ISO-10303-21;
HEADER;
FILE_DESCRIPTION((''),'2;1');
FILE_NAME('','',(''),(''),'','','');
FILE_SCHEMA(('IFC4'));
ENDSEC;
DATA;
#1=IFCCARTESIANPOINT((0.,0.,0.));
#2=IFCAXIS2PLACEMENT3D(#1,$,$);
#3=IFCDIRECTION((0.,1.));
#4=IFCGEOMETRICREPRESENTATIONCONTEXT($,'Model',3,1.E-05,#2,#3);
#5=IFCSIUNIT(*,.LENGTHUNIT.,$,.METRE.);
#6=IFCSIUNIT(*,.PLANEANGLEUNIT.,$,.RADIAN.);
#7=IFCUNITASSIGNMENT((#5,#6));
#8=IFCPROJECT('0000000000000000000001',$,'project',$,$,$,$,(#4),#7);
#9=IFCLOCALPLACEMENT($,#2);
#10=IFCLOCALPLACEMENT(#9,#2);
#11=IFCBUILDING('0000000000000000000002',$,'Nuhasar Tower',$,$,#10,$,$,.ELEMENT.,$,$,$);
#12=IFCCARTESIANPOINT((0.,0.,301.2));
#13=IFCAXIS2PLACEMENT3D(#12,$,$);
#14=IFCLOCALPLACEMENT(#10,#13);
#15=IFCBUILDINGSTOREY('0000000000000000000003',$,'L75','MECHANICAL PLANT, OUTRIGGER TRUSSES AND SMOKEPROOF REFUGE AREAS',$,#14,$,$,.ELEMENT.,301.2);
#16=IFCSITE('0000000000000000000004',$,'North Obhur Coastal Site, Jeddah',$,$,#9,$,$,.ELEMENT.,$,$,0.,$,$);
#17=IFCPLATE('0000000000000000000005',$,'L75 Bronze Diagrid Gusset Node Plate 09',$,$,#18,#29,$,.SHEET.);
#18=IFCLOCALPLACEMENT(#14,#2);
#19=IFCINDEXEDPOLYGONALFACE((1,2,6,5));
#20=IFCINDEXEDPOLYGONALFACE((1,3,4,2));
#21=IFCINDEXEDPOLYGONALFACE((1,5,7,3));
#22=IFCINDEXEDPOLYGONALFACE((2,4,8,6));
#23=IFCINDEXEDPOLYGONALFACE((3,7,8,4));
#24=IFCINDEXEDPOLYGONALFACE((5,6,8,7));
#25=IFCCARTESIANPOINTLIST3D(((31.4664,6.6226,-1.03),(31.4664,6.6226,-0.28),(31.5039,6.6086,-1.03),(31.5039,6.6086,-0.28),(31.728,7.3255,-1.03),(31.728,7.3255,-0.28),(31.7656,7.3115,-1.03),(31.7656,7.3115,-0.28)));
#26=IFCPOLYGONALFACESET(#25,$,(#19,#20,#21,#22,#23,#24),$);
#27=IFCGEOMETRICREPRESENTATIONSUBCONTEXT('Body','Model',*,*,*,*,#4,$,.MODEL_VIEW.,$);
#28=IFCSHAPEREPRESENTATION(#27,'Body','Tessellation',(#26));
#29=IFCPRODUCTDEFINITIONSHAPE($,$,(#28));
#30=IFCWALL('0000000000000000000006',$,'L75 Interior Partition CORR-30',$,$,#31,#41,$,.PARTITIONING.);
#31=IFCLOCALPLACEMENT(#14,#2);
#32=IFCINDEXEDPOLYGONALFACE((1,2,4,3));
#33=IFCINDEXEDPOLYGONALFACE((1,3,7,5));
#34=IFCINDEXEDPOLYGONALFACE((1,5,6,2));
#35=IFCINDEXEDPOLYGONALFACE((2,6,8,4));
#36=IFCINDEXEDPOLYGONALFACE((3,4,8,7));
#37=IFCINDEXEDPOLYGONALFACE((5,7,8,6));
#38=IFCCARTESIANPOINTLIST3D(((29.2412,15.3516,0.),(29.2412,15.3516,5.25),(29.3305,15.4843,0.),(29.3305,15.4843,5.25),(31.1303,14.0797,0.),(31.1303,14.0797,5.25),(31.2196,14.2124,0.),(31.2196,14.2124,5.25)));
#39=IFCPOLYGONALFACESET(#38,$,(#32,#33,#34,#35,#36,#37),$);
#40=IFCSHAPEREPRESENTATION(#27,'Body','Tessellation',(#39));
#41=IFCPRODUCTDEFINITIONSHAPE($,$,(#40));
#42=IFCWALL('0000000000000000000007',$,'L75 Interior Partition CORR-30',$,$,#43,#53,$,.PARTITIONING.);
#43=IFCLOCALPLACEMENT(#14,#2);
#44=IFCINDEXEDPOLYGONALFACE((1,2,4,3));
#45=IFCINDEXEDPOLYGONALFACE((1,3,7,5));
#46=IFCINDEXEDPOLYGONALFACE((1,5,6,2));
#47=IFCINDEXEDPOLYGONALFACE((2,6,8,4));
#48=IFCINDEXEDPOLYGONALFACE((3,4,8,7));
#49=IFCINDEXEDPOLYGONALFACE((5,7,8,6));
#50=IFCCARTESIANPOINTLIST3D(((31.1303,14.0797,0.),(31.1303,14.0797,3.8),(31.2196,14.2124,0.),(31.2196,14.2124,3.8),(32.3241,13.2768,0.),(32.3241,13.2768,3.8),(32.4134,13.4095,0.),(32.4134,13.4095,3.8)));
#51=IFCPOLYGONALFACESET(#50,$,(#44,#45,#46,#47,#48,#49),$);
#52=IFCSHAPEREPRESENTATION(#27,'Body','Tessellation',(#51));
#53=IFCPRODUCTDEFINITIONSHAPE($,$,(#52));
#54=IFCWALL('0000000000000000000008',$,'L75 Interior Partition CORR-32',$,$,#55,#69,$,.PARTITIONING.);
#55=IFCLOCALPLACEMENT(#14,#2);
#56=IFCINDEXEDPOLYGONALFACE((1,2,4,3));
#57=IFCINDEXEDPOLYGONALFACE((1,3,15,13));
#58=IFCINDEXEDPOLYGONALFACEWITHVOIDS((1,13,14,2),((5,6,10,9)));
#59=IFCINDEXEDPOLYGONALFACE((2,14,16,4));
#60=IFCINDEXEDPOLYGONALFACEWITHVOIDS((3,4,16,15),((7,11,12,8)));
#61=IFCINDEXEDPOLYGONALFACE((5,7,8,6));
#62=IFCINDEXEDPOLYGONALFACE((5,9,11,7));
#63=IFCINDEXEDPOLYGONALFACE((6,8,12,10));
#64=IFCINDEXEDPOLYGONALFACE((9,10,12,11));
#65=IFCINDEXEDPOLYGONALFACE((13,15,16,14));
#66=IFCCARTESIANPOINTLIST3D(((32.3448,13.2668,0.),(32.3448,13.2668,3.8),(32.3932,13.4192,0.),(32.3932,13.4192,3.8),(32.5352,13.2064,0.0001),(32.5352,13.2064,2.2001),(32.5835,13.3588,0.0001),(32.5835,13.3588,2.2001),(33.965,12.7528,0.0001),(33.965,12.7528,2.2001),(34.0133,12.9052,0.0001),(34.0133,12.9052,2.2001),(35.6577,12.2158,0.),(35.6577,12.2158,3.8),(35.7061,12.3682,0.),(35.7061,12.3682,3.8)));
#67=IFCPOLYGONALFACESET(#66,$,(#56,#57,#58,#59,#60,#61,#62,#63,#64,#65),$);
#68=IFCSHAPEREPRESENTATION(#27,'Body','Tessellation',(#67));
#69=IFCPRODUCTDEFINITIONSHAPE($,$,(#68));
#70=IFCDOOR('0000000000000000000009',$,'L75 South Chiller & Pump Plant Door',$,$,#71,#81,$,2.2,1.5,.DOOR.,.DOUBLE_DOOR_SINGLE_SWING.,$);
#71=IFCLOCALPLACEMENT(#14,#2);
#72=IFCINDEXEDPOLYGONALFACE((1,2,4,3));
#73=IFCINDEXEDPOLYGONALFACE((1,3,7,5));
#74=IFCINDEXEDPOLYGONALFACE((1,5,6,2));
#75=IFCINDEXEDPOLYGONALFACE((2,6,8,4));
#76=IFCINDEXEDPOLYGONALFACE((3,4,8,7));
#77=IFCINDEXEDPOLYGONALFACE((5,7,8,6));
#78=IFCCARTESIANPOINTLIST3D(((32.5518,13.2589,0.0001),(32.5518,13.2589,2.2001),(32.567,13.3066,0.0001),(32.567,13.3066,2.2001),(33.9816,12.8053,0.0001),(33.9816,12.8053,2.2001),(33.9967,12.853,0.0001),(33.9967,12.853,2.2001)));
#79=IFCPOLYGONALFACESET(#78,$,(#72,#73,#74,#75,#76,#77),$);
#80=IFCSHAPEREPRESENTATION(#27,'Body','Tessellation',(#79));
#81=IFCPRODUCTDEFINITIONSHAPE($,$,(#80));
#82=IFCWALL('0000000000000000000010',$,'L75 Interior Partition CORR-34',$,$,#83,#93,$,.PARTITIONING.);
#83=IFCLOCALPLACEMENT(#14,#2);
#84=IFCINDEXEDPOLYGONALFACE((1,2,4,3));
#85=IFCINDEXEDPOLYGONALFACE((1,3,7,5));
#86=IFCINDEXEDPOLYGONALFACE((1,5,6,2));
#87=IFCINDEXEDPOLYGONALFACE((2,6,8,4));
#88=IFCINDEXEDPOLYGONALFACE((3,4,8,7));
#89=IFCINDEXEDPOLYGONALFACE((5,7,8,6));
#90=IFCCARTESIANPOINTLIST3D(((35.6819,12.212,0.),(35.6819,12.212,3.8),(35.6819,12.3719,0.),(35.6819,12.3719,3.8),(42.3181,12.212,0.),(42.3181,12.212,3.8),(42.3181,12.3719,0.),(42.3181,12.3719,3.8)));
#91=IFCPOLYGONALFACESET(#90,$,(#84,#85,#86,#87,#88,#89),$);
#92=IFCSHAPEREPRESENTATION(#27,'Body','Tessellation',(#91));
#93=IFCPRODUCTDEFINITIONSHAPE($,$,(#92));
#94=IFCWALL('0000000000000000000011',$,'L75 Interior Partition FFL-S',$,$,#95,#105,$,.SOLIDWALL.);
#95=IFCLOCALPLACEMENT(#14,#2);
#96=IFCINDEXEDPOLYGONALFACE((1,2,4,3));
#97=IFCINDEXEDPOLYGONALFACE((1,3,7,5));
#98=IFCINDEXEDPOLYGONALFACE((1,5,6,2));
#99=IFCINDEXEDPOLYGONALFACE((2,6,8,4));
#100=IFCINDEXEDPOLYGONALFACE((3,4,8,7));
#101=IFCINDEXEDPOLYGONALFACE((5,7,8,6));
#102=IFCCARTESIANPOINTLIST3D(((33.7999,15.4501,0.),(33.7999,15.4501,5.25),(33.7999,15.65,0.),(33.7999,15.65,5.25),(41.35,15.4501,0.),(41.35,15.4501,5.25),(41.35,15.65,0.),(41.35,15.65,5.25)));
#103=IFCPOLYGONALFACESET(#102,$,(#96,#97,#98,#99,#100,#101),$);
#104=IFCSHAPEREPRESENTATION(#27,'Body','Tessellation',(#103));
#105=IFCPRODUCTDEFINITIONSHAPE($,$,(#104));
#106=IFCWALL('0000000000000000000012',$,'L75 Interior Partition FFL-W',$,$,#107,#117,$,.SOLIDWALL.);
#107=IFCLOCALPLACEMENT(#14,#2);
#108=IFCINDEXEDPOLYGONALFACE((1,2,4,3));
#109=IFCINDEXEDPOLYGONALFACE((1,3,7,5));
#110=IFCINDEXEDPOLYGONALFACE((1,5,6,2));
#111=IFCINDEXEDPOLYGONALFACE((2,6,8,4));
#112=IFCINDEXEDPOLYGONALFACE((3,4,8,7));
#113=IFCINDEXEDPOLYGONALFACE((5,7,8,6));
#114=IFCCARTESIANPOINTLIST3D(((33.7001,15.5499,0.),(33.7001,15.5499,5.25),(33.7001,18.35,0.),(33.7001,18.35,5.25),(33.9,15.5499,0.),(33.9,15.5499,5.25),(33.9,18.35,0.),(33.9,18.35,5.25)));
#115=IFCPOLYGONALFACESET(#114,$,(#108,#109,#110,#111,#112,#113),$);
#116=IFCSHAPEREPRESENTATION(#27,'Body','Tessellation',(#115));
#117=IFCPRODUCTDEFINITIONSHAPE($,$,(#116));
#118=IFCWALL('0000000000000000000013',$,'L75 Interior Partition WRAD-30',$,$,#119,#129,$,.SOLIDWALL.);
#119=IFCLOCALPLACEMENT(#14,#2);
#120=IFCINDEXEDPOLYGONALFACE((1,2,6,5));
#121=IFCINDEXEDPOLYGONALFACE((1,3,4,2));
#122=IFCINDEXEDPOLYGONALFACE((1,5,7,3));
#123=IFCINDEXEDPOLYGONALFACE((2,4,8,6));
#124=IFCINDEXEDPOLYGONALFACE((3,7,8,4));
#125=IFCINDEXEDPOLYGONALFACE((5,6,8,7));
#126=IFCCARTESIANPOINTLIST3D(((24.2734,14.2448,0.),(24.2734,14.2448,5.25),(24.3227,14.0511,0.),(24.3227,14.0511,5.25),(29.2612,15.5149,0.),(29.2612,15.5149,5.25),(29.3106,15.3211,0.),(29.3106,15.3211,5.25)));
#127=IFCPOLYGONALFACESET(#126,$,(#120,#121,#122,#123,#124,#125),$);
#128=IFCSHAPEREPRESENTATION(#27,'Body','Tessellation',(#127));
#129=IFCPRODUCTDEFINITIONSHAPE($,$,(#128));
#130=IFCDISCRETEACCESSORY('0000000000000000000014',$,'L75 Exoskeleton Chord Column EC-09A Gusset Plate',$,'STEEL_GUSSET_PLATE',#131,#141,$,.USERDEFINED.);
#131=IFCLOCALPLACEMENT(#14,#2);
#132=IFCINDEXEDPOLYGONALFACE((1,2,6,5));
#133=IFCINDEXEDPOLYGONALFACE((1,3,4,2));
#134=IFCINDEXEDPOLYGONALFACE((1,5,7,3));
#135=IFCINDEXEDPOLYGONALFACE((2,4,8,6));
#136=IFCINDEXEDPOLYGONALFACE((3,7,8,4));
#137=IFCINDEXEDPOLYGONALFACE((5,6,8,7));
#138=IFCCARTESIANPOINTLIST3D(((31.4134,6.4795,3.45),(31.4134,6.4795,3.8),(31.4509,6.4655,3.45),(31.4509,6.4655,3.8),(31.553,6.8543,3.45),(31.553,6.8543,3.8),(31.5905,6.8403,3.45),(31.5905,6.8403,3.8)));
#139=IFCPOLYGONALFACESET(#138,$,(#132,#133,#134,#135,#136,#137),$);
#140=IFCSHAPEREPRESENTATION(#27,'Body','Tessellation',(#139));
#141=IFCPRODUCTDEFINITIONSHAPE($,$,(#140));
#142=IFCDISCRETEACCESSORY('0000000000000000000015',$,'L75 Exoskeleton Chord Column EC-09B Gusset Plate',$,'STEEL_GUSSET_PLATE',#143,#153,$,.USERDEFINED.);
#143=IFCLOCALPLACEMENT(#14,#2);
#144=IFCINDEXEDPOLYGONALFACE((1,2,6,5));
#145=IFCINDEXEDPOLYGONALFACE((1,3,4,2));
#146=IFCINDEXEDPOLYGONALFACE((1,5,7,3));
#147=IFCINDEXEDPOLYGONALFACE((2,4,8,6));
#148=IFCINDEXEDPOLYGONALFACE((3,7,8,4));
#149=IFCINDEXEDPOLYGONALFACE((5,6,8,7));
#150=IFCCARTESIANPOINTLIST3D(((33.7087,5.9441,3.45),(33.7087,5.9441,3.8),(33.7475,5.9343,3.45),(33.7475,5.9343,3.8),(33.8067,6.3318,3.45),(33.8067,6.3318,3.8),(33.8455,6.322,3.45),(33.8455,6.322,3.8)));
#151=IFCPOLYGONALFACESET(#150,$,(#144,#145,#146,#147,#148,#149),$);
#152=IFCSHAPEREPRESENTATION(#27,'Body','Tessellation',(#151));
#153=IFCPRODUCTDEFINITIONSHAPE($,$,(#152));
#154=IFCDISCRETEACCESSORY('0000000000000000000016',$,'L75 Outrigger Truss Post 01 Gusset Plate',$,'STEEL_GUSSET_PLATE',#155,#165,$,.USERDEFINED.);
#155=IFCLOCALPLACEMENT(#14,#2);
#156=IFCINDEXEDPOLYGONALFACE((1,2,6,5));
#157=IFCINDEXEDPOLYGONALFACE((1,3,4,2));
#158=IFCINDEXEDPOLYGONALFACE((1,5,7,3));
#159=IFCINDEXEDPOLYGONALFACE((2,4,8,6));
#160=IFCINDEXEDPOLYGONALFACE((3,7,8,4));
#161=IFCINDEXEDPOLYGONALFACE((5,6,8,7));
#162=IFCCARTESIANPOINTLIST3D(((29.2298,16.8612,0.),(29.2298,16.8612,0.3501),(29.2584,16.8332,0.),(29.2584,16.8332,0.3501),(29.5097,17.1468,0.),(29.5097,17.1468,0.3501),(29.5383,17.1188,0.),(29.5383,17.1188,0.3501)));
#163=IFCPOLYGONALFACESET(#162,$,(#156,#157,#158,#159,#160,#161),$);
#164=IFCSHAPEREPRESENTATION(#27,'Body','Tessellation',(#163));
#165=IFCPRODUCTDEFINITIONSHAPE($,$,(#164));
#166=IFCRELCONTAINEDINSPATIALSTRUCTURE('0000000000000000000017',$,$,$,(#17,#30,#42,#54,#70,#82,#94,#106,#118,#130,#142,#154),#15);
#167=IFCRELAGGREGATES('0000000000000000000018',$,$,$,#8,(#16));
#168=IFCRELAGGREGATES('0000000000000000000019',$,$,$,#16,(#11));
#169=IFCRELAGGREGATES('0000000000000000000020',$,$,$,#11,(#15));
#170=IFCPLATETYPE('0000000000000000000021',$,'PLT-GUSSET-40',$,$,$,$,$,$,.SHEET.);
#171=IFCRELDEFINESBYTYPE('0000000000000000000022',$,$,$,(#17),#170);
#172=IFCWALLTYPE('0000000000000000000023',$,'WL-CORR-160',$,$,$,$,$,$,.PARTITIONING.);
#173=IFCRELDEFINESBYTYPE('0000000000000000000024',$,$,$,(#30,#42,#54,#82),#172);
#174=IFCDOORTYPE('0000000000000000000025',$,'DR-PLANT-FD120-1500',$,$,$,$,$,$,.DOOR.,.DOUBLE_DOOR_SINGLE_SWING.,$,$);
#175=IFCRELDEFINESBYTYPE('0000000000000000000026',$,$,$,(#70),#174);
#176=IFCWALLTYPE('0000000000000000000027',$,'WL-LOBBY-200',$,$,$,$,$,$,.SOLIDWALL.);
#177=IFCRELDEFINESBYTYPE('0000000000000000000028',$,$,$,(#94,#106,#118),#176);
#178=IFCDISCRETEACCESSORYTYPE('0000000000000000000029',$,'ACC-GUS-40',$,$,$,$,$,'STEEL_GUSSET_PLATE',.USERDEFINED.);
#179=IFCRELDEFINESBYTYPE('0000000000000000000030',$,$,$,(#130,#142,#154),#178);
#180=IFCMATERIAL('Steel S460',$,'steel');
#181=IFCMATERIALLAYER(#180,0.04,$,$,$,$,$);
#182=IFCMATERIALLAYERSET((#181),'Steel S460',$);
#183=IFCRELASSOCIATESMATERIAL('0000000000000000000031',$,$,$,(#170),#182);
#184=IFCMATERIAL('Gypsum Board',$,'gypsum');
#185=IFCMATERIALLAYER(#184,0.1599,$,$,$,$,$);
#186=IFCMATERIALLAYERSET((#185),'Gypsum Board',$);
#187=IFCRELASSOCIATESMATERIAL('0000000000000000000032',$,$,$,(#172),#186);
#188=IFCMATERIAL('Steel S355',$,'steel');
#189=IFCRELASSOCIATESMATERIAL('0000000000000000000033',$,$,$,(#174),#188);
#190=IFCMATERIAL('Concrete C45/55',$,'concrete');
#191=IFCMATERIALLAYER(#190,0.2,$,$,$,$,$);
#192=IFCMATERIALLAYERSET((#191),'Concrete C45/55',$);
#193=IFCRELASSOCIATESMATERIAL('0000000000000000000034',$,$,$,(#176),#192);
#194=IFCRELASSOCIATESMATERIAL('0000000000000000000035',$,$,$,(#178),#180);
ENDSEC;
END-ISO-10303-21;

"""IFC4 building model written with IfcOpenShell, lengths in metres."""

from ifc_helpers import new_model, si_unit, direction, frame, frame_2d, origin, origin_2d, place, context, subcontext, project, spatial, rectangle, extrude, material, layer, layer_set, type_object, element, fill, save


model = new_model("IFC4")

# Units and contexts
model_context = context("Model", 3, precision=1e-05, world=origin(), true_north=direction((0.0, 1.0)))
body_context = subcontext(model_context, "Body", "Model", "MODEL_VIEW")
ifc_project = project(units=[si_unit("LENGTHUNIT", "METRE"), si_unit("PLANEANGLEUNIT", "RADIAN")], contexts=[model_context])

# Site, building, storey
site_placement = place(None, origin())
site = spatial("IfcSite", under=ifc_project, at=site_placement, Name="North Obhur Coastal Site, Jeddah", CompositionType="ELEMENT", RefElevation=0.0)
building_placement = place(site_placement, origin())
building = spatial("IfcBuilding", under=site, at=building_placement, Name="Nuhasar Tower", CompositionType="ELEMENT")
storey_placement = place(building_placement, frame((0.0, 0.0, 301.2)))
storey = spatial("IfcBuildingStorey", under=building, at=storey_placement, Name="L75", Description="MECHANICAL PLANT, OUTRIGGER TRUSSES AND SMOKEPROOF REFUGE AREAS", CompositionType="ELEMENT", Elevation=301.2)

# Shared definitions
ifc_material_1 = material(Name="Steel S460", Category="steel")

# Shared definitions
ifc_material_2 = material(Name="Steel S355", Category="steel")

# Plate
ifc_layer_1 = layer(ifc_material_1, 0.04)
ifc_layer_set_1 = layer_set([ifc_layer_1], Name="Steel S460")
plate_type_1 = type_object("IfcPlateType", Name="PLT-GUSSET-40", PredefinedType="SHEET", material=ifc_layer_set_1)
plate_1_placement = place(storey_placement, frame((31.616, 6.967, -1.03), z_axis=(0.0, 0.0, 1.0), x_axis=(-0.348916, -0.937154, 0.0)))
element("IfcPlate", 1, at=plate_1_placement, inside=storey, type_object=plate_type_1, Name="L75 Bronze Diagrid Gusset Node Plate 09", PredefinedType="SHEET", context=body_context, shape_type="SweptSolid", body=[
    extrude(rectangle(XDim=0.75, YDim=0.04, at=origin_2d()), origin(), (0.0, 0.0, 1.0), 0.75),
])

# Walls
ifc_material_3 = material(Name="Gypsum Board", Category="gypsum")
ifc_layer_2 = layer(ifc_material_3, 0.1599)
ifc_layer_set_2 = layer_set([ifc_layer_2], Name="Gypsum Board")
wall_type_1 = type_object("IfcWallType", Name="WL-CORR-160", PredefinedType="PARTITIONING", material=ifc_layer_set_2)
wall_1_placement = place(storey_placement, frame((29.2859, 15.418, 0.0), z_axis=(0.0, 0.0, 1.0), x_axis=(0.829502, -0.558504, 0.0)))
element("IfcWall", 2, at=wall_1_placement, inside=storey, type_object=wall_type_1, Name="L75 Interior Partition CORR-30", PredefinedType="PARTITIONING", context=body_context, shape_type="SweptSolid", body=[
    extrude(rectangle(XDim=2.2773, YDim=0.1599, at=frame_2d((1.1387, 0.0))), origin(), (0.0, 0.0, 1.0), 5.25),
])
wall_2_placement = place(storey_placement, frame((31.175, 14.146, 0.0), z_axis=(0.0, 0.0, 1.0), x_axis=(0.829772, -0.558102, 0.0)))
element("IfcWall", 3, at=wall_2_placement, inside=storey, type_object=wall_type_1, Name="L75 Interior Partition CORR-30", PredefinedType="PARTITIONING", context=body_context, shape_type="SweptSolid", body=[
    extrude(rectangle(XDim=1.4387, YDim=0.1599, at=frame_2d((0.7192, 0.0))), origin(), (0.0, 0.0, 1.0), 3.8),
])

# Wall, opening, door
wall_3_placement = place(storey_placement, frame((35.6819, 12.292, 0.0), z_axis=(0.0, 0.0, 1.0), x_axis=(-0.953184, 0.302392, 0.0)))
wall_3 = element("IfcWall", 4, at=wall_3_placement, inside=storey, type_object=wall_type_1, Name="L75 Interior Partition CORR-32", PredefinedType="PARTITIONING", context=body_context, shape_type="SweptSolid", body=[
    extrude(rectangle(XDim=3.4756, YDim=0.1599, at=frame_2d((1.7378, 0.0))), origin(), (0.0, 0.0, 1.0), 3.8),
])
opening_placement = place(wall_3_placement, frame((1.7759, 0.0, 0.0)))
opening = element("IfcOpeningElement", 5, at=opening_placement, cuts=wall_3, PredefinedType="OPENING", context=body_context, shape_type="SweptSolid", body=[
    extrude(rectangle(XDim=1.5, YDim=2.2, at=frame_2d((0.75, 1.1001))), frame((0.0, 0.0898, 0.0), z_axis=(0.0, -1.0, 0.0), x_axis=(1.0, 0.0, 0.0)), (0.0, 0.0, 1.0), 0.1799),
])
door_type = type_object("IfcDoorType", Name="DR-PLANT-FD120-1500", OperationType="DOUBLE_DOOR_SINGLE_SWING", PredefinedType="DOOR", material=ifc_material_2)
door_placement = place(opening_placement, origin())
door = element("IfcDoor", 6, at=door_placement, inside=storey, type_object=door_type, Name="L75 South Chiller & Pump Plant Door", OperationType="DOUBLE_DOOR_SINGLE_SWING", OverallHeight=2.2, OverallWidth=1.5, PredefinedType="DOOR", context=body_context, shape_type="SweptSolid", body=[
    extrude(rectangle(XDim=1.5, YDim=2.2, at=frame_2d((0.75, 1.1001))), frame((0.0, 0.0249, 0.0), z_axis=(0.0, -1.0, 0.0), x_axis=(1.0, 0.0, 0.0)), (0.0, 0.0, 1.0), 0.05),
])
fill(opening, door)

# Walls
wall_4_placement = place(storey_placement, frame((35.6819, 12.292, 0.0), z_axis=(0.0, 0.0, 1.0), x_axis=(1.0, 0.0, 0.0)))
element("IfcWall", 7, at=wall_4_placement, inside=storey, type_object=wall_type_1, Name="L75 Interior Partition CORR-34", PredefinedType="PARTITIONING", context=body_context, shape_type="SweptSolid", body=[
    extrude(rectangle(XDim=6.6362, YDim=0.1599, at=frame_2d((3.3181, 0.0))), origin(), (0.0, 0.0, 1.0), 3.8),
])
ifc_material_4 = material(Name="Concrete C45/55", Category="concrete")
ifc_layer_3 = layer(ifc_material_4, 0.2)
ifc_layer_set_3 = layer_set([ifc_layer_3], Name="Concrete C45/55")
wall_type_2 = type_object("IfcWallType", Name="WL-LOBBY-200", PredefinedType="SOLIDWALL", material=ifc_layer_set_3)
wall_5_placement = place(storey_placement, frame((33.8, 15.55, 0.0), z_axis=(0.0, 0.0, 1.0), x_axis=(1.0, 0.0, 0.0)))
element("IfcWall", 8, at=wall_5_placement, inside=storey, type_object=wall_type_2, Name="L75 Interior Partition FFL-S", PredefinedType="SOLIDWALL", context=body_context, shape_type="SweptSolid", body=[
    extrude(rectangle(XDim=7.55, YDim=0.2, at=frame_2d((3.7749, 0.0))), origin(), (0.0, 0.0, 1.0), 5.25),
])
wall_6_placement = place(storey_placement, frame((33.8, 15.55, 0.0), z_axis=(0.0, 0.0, 1.0), x_axis=(0.0, 1.0, 0.0)))
element("IfcWall", 9, at=wall_6_placement, inside=storey, type_object=wall_type_2, Name="L75 Interior Partition FFL-W", PredefinedType="SOLIDWALL", context=body_context, shape_type="SweptSolid", body=[
    extrude(rectangle(XDim=2.8, YDim=0.2, at=frame_2d((1.3999, 0.0))), origin(), (0.0, 0.0, 1.0), 5.25),
])
wall_7_placement = place(storey_placement, frame((29.2859, 15.418, 0.0), z_axis=(0.0, 0.0, 1.0), x_axis=(-0.969079, -0.246752, 0.0)))
element("IfcWall", 10, at=wall_7_placement, inside=storey, type_object=wall_type_2, Name="L75 Interior Partition WRAD-30", PredefinedType="SOLIDWALL", context=body_context, shape_type="SweptSolid", body=[
    extrude(rectangle(XDim=5.147, YDim=0.2, at=frame_2d((2.5735, 0.0))), origin(), (0.0, 0.0, 1.0), 5.25),
])

# Discrete accessories
discrete_accessory_type = type_object("IfcDiscreteAccessoryType", Name="ACC-GUS-40", ElementType="STEEL_GUSSET_PLATE", PredefinedType="USERDEFINED", material=ifc_material_1)
for number, where, z_axis, x_axis, name in (
    (11, (31.502, 6.6599, 3.45), (0.0, 0.0, 1.0), (-0.348916, -0.937154, 0.0), "L75 Exoskeleton Chord Column EC-09A Gusset Plate"),
    (12, (33.7771, 6.1331, 3.45), (0.0, 0.0, 1.0), (-0.245037, -0.969514, 0.0), "L75 Exoskeleton Chord Column EC-09B Gusset Plate"),
    (13, (29.384, 16.99, 0.0), (0.0, 0.0, 1.0), (-0.7, -0.714143, 0.0), "L75 Outrigger Truss Post 01 Gusset Plate"),
):
    element("IfcDiscreteAccessory", number, at=place(storey_placement, frame(where, z_axis=z_axis, x_axis=x_axis)), inside=storey, type_object=discrete_accessory_type, Name=name, ObjectType="STEEL_GUSSET_PLATE", PredefinedType="USERDEFINED", context=body_context, shape_type="SweptSolid", body=[
        extrude(rectangle(XDim=0.3999, YDim=0.04, at=origin_2d()), origin(), (0.0, 0.0, 1.0), 0.3501),
    ])

save(model, "model.ifc")
